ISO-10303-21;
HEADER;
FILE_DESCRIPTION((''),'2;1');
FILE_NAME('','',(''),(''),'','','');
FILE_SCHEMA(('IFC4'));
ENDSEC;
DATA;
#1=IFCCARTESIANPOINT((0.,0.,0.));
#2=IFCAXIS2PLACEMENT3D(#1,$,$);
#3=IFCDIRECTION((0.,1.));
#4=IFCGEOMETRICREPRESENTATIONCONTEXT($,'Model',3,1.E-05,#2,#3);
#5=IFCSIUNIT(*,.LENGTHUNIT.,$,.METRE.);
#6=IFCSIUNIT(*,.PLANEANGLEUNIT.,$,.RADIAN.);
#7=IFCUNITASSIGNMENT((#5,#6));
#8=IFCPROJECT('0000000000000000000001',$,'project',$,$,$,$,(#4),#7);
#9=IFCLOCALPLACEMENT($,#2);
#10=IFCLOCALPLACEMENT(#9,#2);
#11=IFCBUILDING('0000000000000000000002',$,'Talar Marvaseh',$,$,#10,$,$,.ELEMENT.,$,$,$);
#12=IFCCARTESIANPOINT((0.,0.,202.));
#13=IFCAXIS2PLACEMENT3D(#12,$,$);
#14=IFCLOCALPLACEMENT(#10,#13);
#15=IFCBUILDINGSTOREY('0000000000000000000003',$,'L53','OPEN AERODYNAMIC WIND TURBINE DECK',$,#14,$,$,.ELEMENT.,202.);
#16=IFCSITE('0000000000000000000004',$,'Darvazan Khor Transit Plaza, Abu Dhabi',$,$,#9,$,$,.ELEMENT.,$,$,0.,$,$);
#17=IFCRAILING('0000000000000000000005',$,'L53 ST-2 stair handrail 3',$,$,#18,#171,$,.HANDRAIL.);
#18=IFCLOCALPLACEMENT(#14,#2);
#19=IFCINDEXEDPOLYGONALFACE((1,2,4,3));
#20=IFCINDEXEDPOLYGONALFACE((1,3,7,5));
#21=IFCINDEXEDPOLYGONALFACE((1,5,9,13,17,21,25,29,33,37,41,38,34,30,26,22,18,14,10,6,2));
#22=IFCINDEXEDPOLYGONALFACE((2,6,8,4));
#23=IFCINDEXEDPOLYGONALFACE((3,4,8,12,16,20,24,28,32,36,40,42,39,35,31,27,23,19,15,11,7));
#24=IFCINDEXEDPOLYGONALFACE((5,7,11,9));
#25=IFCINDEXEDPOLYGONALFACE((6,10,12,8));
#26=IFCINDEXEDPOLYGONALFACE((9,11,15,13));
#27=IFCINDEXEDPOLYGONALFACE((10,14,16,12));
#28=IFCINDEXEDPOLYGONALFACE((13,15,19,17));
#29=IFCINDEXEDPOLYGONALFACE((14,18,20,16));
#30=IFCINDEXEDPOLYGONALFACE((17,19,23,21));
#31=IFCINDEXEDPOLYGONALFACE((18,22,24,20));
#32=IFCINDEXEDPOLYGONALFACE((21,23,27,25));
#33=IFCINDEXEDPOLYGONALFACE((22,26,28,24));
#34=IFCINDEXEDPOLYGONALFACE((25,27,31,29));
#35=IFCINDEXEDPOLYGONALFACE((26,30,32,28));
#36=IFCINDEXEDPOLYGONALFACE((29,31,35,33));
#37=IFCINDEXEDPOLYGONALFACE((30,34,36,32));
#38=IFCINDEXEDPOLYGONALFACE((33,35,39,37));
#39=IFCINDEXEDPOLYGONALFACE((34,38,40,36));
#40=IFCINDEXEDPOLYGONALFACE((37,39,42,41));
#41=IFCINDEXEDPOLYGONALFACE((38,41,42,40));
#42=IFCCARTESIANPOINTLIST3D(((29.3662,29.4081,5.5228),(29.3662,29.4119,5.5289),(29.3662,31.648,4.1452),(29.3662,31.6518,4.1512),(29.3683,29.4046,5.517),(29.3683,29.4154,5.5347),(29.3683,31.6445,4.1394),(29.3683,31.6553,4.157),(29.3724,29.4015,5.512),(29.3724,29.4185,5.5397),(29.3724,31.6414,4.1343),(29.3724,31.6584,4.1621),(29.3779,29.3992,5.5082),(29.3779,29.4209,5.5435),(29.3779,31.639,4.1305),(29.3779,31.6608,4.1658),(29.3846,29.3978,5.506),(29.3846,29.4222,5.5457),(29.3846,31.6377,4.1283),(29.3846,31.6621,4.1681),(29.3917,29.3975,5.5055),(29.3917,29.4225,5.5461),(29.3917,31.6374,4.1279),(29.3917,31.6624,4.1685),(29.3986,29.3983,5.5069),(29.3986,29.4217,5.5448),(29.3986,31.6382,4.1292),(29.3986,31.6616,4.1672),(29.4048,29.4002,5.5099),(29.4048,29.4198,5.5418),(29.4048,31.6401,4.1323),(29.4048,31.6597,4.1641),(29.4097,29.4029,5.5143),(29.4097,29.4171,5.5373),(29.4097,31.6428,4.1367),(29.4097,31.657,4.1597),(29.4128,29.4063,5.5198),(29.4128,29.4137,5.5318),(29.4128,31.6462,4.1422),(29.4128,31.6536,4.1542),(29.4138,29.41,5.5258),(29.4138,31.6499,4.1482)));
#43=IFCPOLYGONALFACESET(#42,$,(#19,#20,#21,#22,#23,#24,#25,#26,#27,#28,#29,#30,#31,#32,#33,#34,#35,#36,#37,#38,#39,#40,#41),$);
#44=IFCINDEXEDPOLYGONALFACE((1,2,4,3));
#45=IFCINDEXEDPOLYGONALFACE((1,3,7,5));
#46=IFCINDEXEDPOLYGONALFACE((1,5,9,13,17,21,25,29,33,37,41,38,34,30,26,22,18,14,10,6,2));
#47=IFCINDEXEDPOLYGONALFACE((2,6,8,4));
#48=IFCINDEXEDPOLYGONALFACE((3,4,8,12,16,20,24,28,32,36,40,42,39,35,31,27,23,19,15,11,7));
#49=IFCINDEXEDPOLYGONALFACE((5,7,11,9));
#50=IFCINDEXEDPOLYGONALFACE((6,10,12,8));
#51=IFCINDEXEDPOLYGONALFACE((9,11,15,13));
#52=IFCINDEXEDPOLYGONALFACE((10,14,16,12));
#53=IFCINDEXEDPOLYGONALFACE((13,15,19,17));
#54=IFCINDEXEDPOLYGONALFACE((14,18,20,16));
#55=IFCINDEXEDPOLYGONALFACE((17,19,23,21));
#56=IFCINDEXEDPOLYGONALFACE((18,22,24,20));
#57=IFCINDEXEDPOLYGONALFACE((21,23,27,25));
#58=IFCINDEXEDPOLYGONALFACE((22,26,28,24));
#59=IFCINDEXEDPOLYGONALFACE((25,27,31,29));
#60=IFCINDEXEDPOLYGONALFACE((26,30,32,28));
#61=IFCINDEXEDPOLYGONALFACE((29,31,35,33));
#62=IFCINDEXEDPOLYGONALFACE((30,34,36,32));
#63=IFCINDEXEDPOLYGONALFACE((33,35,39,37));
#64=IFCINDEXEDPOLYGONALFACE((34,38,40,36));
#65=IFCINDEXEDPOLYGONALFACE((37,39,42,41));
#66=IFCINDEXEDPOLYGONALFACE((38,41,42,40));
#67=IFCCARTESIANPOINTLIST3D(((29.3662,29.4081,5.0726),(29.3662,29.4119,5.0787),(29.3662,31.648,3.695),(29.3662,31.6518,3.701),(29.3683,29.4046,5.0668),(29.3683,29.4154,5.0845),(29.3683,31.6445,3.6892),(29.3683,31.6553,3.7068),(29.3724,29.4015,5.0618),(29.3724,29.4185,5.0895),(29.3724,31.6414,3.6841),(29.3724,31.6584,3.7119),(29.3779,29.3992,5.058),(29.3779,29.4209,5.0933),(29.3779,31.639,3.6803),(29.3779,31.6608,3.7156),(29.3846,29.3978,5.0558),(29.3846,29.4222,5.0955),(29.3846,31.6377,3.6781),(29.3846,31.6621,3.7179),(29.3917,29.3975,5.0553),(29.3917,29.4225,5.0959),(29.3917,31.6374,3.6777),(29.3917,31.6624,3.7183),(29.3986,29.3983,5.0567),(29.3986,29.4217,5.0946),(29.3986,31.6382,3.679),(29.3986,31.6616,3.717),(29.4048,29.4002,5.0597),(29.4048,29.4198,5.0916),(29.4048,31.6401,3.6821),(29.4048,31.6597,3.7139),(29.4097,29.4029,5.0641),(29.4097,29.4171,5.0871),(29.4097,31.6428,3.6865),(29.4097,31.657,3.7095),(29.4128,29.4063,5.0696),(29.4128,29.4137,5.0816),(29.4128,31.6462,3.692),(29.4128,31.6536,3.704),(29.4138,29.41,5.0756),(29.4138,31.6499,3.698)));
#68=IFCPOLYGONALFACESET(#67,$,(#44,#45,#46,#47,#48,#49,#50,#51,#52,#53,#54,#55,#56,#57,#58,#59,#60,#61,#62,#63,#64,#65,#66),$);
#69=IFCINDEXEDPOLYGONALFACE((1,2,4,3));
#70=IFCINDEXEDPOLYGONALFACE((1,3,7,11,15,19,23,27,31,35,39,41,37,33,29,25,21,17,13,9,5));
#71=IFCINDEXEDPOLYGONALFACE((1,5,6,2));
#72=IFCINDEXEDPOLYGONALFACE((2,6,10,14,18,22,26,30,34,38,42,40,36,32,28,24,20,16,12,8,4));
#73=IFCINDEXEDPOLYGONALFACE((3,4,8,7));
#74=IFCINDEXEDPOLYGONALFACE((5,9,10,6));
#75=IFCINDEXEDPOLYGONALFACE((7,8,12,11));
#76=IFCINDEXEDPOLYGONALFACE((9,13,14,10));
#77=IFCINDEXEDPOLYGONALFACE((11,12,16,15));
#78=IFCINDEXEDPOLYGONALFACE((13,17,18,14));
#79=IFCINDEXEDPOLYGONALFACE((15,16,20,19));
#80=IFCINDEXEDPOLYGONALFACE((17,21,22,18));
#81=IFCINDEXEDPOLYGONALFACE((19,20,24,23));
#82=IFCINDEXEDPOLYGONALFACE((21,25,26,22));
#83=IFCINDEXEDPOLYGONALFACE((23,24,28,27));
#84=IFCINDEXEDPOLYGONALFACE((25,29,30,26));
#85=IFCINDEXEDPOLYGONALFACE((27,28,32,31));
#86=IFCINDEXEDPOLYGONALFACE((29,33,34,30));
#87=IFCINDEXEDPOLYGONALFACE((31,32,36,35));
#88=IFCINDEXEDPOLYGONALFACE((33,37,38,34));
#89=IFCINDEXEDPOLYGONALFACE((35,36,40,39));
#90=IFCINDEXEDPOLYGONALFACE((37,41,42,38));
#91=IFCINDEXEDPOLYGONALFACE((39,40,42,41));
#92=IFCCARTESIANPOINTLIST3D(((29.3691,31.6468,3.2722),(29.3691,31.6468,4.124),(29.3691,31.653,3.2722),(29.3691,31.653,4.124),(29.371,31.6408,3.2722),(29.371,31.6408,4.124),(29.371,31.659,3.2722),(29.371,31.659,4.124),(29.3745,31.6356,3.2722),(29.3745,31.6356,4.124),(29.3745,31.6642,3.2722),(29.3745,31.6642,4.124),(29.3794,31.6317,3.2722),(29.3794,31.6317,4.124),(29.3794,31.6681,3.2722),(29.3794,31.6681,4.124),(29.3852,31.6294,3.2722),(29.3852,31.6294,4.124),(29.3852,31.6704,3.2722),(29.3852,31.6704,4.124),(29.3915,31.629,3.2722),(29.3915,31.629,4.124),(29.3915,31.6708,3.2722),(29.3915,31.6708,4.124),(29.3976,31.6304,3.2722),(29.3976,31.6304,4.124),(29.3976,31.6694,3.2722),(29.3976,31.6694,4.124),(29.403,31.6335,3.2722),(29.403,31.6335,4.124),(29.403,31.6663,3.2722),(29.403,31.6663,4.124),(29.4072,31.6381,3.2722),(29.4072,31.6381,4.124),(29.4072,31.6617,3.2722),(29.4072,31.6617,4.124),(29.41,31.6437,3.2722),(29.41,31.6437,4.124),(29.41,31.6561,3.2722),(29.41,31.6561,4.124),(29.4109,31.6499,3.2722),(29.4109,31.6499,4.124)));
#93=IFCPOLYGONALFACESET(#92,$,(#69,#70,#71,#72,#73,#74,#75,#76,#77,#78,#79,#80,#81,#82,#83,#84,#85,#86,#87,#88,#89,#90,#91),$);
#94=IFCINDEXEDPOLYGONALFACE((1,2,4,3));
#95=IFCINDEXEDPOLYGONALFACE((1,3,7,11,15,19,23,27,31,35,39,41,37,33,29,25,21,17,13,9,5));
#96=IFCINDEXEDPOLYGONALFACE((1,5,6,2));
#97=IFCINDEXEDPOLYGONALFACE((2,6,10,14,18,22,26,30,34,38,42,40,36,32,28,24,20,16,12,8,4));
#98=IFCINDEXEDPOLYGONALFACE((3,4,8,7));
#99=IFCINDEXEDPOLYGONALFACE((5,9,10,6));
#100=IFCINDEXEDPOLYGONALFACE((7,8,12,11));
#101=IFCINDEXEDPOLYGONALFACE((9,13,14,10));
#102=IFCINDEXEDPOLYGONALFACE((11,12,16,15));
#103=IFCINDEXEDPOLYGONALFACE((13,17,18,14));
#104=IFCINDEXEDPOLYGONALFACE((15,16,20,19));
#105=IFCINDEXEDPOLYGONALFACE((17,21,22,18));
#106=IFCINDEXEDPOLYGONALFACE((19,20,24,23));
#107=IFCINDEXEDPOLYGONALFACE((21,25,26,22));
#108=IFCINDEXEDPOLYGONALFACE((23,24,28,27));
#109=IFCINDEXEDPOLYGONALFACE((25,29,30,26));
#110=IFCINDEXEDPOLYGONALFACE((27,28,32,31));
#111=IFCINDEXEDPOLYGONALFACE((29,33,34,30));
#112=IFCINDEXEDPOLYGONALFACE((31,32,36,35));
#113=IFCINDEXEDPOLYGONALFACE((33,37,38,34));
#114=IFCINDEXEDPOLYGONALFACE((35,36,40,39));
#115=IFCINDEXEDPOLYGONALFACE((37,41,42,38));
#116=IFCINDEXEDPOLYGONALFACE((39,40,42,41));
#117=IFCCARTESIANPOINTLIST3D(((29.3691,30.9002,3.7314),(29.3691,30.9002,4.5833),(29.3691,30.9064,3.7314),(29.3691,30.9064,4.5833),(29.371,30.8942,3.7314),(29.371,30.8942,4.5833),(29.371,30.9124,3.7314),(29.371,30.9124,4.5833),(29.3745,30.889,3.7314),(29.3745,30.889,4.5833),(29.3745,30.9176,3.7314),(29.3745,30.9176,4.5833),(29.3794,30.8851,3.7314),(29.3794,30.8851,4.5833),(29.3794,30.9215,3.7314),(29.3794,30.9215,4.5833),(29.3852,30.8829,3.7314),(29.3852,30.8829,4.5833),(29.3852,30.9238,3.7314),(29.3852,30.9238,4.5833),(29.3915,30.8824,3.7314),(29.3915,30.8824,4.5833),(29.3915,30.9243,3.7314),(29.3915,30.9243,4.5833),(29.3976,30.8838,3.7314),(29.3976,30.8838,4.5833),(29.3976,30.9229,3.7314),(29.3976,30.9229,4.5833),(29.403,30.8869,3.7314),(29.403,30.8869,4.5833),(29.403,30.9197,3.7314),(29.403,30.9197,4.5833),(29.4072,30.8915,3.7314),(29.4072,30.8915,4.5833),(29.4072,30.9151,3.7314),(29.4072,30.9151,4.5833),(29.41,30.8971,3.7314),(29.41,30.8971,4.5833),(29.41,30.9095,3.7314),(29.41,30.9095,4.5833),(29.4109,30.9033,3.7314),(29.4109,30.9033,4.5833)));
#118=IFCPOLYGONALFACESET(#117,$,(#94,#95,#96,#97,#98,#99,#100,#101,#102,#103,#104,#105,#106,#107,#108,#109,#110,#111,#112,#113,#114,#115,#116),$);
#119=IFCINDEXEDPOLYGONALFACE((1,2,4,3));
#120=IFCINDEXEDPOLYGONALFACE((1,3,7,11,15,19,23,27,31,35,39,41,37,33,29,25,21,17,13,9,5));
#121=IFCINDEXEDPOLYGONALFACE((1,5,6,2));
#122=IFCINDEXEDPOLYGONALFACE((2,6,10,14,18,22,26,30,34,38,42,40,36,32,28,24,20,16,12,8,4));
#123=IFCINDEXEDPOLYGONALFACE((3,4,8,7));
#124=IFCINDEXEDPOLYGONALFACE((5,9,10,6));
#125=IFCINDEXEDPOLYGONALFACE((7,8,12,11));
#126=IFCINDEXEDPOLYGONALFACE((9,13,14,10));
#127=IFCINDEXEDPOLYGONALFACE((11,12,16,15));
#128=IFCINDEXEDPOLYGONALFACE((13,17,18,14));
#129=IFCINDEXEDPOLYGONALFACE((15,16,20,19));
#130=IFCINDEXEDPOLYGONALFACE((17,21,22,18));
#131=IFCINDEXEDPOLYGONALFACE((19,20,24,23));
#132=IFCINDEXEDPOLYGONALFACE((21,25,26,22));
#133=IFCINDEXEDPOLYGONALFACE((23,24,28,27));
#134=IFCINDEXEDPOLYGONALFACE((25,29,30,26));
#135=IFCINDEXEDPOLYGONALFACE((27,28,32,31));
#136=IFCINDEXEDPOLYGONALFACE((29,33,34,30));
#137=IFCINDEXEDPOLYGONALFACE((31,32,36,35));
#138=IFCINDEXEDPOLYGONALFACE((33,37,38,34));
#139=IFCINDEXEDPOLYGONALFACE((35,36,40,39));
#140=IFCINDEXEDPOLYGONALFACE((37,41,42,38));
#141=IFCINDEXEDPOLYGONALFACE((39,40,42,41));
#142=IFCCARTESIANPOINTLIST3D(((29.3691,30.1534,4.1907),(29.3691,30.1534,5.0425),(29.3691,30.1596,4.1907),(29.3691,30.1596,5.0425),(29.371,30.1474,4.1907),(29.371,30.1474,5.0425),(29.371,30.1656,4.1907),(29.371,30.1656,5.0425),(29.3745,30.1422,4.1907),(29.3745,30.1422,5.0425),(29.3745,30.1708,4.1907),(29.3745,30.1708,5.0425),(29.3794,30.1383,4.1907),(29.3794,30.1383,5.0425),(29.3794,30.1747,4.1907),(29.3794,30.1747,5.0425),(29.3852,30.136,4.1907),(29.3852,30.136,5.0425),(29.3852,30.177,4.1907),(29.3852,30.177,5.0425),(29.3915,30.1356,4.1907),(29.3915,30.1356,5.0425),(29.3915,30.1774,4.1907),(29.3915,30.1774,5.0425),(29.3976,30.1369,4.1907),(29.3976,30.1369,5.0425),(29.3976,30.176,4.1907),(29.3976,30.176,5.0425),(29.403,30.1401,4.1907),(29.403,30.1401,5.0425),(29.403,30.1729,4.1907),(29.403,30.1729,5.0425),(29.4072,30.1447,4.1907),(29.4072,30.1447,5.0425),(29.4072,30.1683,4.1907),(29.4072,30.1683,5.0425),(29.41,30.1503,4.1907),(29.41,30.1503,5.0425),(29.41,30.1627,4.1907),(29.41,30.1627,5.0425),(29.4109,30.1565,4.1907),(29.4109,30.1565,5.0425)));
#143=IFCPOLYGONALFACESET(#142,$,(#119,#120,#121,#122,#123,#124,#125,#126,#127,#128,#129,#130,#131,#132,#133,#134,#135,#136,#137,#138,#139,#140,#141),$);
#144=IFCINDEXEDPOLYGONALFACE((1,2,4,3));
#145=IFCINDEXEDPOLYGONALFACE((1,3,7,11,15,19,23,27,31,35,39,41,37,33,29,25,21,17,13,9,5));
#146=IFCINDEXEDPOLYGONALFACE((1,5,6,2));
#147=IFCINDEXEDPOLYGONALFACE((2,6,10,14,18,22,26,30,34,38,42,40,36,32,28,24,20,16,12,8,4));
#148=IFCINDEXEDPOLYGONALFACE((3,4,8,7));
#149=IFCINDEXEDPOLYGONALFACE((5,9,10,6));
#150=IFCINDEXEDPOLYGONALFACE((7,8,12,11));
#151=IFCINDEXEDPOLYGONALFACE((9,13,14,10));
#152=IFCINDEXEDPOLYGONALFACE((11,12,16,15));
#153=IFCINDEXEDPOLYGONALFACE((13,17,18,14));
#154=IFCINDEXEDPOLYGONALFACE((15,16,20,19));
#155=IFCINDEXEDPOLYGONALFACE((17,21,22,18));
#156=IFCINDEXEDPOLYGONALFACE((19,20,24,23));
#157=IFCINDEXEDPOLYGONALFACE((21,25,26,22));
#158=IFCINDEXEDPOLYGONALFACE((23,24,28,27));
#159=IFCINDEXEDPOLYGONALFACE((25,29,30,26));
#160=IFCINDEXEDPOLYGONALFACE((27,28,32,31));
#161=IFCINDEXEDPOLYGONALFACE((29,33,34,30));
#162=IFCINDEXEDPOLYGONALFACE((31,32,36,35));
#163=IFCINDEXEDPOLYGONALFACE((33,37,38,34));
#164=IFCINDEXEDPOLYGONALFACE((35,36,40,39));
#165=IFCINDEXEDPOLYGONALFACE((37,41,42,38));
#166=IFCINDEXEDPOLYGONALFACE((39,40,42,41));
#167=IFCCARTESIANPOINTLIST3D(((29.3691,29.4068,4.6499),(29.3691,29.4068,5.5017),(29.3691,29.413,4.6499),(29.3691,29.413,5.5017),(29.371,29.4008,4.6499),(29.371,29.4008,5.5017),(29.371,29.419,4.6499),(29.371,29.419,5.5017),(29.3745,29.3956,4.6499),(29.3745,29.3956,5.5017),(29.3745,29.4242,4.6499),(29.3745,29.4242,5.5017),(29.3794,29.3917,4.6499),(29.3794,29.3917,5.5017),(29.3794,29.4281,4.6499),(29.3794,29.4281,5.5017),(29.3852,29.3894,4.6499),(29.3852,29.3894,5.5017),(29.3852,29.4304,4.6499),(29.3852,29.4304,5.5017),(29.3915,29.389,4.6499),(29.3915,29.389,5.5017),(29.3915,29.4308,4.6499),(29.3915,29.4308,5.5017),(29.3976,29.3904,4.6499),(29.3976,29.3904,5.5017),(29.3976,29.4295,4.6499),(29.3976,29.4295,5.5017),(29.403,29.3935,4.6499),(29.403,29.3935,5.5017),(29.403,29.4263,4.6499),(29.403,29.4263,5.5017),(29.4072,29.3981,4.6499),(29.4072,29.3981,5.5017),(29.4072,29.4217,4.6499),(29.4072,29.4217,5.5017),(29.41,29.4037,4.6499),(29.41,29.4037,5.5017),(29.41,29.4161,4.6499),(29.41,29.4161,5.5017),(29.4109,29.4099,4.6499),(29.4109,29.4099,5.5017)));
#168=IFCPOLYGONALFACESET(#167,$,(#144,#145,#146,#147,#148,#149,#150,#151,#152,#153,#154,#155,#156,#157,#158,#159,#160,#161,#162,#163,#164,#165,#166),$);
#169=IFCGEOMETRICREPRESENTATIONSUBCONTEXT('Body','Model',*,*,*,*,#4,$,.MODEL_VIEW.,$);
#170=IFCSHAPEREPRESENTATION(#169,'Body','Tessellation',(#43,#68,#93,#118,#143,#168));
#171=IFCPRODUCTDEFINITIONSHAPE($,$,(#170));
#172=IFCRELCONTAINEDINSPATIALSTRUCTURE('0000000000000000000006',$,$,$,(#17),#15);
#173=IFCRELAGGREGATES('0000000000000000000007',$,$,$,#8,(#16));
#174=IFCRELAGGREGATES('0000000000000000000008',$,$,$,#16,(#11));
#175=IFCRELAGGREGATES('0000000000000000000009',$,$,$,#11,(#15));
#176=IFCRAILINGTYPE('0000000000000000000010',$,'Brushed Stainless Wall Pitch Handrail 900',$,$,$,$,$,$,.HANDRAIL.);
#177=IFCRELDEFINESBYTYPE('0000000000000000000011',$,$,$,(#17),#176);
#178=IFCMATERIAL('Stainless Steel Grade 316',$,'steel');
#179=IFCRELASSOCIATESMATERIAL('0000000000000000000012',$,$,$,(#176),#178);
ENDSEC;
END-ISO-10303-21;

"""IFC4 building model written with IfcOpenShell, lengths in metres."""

from ifc_helpers import new_model, si_unit, direction, frame, origin, origin_2d, place, context, subcontext, project, spatial, circle, extrude, material, type_object, element, save


model = new_model("IFC4")

# Units and contexts
model_context = context("Model", 3, precision=1e-05, world=origin(), true_north=direction((0.0, 1.0)))
body_context = subcontext(model_context, "Body", "Model", "MODEL_VIEW")
ifc_project = project(units=[si_unit("LENGTHUNIT", "METRE"), si_unit("PLANEANGLEUNIT", "RADIAN")], contexts=[model_context])

# Site, building, storey
site_placement = place(None, origin())
site = spatial("IfcSite", under=ifc_project, at=site_placement, Name="Darvazan Khor Transit Plaza, Abu Dhabi", CompositionType="ELEMENT", RefElevation=0.0)
building_placement = place(site_placement, origin())
building = spatial("IfcBuilding", under=site, at=building_placement, Name="Talar Marvaseh", CompositionType="ELEMENT")
storey_placement = place(building_placement, frame((0.0, 0.0, 202.0)))
storey = spatial("IfcBuildingStorey", under=building, at=storey_placement, Name="L53", Description="OPEN AERODYNAMIC WIND TURBINE DECK", CompositionType="ELEMENT", Elevation=202.0)

# Railing
ifc_material_1 = material(Name="Stainless Steel Grade 316", Category="steel")
railing_type_1 = type_object("IfcRailingType", Name="Brushed Stainless Wall Pitch Handrail 900", PredefinedType="HANDRAIL", material=ifc_material_1)
railing_1_placement = place(storey_placement, frame((29.3899, 31.6499, 3.2722)))
element("IfcRailing", 1, at=railing_1_placement, inside=storey, type_object=railing_type_1, Name="L53 ST-2 stair handrail 3", PredefinedType="HANDRAIL", context=body_context, shape_type="SweptSolid", body=[
    extrude(circle(Radius=0.0239, at=origin_2d()), frame((0.0, 0.0, 0.876), z_axis=(0.0, -0.851789, 0.523885), x_axis=(1.0, 0.0, 0.0)), (0.0, 0.0, 1.0), 2.6296),
    extrude(circle(Radius=0.0239, at=origin_2d()), frame((0.0, 0.0, 0.4258), z_axis=(0.0, -0.851789, 0.523885), x_axis=(1.0, 0.0, 0.0)), (0.0, 0.0, 1.0), 2.6296),
    extrude(circle(Radius=0.021, at=origin_2d()), origin(), (0.0, 0.0, 1.0), 0.8518),
    extrude(circle(Radius=0.021, at=origin_2d()), frame((0.0, -0.7466, 0.4592)), (0.0, 0.0, 1.0), 0.8518),
    extrude(circle(Radius=0.021, at=origin_2d()), frame((0.0, -1.4934, 0.9185)), (0.0, 0.0, 1.0), 0.8518),
    extrude(circle(Radius=0.021, at=origin_2d()), frame((0.0, -2.24, 1.3777)), (0.0, 0.0, 1.0), 0.8518),
])

save(model, "model.ifc")
